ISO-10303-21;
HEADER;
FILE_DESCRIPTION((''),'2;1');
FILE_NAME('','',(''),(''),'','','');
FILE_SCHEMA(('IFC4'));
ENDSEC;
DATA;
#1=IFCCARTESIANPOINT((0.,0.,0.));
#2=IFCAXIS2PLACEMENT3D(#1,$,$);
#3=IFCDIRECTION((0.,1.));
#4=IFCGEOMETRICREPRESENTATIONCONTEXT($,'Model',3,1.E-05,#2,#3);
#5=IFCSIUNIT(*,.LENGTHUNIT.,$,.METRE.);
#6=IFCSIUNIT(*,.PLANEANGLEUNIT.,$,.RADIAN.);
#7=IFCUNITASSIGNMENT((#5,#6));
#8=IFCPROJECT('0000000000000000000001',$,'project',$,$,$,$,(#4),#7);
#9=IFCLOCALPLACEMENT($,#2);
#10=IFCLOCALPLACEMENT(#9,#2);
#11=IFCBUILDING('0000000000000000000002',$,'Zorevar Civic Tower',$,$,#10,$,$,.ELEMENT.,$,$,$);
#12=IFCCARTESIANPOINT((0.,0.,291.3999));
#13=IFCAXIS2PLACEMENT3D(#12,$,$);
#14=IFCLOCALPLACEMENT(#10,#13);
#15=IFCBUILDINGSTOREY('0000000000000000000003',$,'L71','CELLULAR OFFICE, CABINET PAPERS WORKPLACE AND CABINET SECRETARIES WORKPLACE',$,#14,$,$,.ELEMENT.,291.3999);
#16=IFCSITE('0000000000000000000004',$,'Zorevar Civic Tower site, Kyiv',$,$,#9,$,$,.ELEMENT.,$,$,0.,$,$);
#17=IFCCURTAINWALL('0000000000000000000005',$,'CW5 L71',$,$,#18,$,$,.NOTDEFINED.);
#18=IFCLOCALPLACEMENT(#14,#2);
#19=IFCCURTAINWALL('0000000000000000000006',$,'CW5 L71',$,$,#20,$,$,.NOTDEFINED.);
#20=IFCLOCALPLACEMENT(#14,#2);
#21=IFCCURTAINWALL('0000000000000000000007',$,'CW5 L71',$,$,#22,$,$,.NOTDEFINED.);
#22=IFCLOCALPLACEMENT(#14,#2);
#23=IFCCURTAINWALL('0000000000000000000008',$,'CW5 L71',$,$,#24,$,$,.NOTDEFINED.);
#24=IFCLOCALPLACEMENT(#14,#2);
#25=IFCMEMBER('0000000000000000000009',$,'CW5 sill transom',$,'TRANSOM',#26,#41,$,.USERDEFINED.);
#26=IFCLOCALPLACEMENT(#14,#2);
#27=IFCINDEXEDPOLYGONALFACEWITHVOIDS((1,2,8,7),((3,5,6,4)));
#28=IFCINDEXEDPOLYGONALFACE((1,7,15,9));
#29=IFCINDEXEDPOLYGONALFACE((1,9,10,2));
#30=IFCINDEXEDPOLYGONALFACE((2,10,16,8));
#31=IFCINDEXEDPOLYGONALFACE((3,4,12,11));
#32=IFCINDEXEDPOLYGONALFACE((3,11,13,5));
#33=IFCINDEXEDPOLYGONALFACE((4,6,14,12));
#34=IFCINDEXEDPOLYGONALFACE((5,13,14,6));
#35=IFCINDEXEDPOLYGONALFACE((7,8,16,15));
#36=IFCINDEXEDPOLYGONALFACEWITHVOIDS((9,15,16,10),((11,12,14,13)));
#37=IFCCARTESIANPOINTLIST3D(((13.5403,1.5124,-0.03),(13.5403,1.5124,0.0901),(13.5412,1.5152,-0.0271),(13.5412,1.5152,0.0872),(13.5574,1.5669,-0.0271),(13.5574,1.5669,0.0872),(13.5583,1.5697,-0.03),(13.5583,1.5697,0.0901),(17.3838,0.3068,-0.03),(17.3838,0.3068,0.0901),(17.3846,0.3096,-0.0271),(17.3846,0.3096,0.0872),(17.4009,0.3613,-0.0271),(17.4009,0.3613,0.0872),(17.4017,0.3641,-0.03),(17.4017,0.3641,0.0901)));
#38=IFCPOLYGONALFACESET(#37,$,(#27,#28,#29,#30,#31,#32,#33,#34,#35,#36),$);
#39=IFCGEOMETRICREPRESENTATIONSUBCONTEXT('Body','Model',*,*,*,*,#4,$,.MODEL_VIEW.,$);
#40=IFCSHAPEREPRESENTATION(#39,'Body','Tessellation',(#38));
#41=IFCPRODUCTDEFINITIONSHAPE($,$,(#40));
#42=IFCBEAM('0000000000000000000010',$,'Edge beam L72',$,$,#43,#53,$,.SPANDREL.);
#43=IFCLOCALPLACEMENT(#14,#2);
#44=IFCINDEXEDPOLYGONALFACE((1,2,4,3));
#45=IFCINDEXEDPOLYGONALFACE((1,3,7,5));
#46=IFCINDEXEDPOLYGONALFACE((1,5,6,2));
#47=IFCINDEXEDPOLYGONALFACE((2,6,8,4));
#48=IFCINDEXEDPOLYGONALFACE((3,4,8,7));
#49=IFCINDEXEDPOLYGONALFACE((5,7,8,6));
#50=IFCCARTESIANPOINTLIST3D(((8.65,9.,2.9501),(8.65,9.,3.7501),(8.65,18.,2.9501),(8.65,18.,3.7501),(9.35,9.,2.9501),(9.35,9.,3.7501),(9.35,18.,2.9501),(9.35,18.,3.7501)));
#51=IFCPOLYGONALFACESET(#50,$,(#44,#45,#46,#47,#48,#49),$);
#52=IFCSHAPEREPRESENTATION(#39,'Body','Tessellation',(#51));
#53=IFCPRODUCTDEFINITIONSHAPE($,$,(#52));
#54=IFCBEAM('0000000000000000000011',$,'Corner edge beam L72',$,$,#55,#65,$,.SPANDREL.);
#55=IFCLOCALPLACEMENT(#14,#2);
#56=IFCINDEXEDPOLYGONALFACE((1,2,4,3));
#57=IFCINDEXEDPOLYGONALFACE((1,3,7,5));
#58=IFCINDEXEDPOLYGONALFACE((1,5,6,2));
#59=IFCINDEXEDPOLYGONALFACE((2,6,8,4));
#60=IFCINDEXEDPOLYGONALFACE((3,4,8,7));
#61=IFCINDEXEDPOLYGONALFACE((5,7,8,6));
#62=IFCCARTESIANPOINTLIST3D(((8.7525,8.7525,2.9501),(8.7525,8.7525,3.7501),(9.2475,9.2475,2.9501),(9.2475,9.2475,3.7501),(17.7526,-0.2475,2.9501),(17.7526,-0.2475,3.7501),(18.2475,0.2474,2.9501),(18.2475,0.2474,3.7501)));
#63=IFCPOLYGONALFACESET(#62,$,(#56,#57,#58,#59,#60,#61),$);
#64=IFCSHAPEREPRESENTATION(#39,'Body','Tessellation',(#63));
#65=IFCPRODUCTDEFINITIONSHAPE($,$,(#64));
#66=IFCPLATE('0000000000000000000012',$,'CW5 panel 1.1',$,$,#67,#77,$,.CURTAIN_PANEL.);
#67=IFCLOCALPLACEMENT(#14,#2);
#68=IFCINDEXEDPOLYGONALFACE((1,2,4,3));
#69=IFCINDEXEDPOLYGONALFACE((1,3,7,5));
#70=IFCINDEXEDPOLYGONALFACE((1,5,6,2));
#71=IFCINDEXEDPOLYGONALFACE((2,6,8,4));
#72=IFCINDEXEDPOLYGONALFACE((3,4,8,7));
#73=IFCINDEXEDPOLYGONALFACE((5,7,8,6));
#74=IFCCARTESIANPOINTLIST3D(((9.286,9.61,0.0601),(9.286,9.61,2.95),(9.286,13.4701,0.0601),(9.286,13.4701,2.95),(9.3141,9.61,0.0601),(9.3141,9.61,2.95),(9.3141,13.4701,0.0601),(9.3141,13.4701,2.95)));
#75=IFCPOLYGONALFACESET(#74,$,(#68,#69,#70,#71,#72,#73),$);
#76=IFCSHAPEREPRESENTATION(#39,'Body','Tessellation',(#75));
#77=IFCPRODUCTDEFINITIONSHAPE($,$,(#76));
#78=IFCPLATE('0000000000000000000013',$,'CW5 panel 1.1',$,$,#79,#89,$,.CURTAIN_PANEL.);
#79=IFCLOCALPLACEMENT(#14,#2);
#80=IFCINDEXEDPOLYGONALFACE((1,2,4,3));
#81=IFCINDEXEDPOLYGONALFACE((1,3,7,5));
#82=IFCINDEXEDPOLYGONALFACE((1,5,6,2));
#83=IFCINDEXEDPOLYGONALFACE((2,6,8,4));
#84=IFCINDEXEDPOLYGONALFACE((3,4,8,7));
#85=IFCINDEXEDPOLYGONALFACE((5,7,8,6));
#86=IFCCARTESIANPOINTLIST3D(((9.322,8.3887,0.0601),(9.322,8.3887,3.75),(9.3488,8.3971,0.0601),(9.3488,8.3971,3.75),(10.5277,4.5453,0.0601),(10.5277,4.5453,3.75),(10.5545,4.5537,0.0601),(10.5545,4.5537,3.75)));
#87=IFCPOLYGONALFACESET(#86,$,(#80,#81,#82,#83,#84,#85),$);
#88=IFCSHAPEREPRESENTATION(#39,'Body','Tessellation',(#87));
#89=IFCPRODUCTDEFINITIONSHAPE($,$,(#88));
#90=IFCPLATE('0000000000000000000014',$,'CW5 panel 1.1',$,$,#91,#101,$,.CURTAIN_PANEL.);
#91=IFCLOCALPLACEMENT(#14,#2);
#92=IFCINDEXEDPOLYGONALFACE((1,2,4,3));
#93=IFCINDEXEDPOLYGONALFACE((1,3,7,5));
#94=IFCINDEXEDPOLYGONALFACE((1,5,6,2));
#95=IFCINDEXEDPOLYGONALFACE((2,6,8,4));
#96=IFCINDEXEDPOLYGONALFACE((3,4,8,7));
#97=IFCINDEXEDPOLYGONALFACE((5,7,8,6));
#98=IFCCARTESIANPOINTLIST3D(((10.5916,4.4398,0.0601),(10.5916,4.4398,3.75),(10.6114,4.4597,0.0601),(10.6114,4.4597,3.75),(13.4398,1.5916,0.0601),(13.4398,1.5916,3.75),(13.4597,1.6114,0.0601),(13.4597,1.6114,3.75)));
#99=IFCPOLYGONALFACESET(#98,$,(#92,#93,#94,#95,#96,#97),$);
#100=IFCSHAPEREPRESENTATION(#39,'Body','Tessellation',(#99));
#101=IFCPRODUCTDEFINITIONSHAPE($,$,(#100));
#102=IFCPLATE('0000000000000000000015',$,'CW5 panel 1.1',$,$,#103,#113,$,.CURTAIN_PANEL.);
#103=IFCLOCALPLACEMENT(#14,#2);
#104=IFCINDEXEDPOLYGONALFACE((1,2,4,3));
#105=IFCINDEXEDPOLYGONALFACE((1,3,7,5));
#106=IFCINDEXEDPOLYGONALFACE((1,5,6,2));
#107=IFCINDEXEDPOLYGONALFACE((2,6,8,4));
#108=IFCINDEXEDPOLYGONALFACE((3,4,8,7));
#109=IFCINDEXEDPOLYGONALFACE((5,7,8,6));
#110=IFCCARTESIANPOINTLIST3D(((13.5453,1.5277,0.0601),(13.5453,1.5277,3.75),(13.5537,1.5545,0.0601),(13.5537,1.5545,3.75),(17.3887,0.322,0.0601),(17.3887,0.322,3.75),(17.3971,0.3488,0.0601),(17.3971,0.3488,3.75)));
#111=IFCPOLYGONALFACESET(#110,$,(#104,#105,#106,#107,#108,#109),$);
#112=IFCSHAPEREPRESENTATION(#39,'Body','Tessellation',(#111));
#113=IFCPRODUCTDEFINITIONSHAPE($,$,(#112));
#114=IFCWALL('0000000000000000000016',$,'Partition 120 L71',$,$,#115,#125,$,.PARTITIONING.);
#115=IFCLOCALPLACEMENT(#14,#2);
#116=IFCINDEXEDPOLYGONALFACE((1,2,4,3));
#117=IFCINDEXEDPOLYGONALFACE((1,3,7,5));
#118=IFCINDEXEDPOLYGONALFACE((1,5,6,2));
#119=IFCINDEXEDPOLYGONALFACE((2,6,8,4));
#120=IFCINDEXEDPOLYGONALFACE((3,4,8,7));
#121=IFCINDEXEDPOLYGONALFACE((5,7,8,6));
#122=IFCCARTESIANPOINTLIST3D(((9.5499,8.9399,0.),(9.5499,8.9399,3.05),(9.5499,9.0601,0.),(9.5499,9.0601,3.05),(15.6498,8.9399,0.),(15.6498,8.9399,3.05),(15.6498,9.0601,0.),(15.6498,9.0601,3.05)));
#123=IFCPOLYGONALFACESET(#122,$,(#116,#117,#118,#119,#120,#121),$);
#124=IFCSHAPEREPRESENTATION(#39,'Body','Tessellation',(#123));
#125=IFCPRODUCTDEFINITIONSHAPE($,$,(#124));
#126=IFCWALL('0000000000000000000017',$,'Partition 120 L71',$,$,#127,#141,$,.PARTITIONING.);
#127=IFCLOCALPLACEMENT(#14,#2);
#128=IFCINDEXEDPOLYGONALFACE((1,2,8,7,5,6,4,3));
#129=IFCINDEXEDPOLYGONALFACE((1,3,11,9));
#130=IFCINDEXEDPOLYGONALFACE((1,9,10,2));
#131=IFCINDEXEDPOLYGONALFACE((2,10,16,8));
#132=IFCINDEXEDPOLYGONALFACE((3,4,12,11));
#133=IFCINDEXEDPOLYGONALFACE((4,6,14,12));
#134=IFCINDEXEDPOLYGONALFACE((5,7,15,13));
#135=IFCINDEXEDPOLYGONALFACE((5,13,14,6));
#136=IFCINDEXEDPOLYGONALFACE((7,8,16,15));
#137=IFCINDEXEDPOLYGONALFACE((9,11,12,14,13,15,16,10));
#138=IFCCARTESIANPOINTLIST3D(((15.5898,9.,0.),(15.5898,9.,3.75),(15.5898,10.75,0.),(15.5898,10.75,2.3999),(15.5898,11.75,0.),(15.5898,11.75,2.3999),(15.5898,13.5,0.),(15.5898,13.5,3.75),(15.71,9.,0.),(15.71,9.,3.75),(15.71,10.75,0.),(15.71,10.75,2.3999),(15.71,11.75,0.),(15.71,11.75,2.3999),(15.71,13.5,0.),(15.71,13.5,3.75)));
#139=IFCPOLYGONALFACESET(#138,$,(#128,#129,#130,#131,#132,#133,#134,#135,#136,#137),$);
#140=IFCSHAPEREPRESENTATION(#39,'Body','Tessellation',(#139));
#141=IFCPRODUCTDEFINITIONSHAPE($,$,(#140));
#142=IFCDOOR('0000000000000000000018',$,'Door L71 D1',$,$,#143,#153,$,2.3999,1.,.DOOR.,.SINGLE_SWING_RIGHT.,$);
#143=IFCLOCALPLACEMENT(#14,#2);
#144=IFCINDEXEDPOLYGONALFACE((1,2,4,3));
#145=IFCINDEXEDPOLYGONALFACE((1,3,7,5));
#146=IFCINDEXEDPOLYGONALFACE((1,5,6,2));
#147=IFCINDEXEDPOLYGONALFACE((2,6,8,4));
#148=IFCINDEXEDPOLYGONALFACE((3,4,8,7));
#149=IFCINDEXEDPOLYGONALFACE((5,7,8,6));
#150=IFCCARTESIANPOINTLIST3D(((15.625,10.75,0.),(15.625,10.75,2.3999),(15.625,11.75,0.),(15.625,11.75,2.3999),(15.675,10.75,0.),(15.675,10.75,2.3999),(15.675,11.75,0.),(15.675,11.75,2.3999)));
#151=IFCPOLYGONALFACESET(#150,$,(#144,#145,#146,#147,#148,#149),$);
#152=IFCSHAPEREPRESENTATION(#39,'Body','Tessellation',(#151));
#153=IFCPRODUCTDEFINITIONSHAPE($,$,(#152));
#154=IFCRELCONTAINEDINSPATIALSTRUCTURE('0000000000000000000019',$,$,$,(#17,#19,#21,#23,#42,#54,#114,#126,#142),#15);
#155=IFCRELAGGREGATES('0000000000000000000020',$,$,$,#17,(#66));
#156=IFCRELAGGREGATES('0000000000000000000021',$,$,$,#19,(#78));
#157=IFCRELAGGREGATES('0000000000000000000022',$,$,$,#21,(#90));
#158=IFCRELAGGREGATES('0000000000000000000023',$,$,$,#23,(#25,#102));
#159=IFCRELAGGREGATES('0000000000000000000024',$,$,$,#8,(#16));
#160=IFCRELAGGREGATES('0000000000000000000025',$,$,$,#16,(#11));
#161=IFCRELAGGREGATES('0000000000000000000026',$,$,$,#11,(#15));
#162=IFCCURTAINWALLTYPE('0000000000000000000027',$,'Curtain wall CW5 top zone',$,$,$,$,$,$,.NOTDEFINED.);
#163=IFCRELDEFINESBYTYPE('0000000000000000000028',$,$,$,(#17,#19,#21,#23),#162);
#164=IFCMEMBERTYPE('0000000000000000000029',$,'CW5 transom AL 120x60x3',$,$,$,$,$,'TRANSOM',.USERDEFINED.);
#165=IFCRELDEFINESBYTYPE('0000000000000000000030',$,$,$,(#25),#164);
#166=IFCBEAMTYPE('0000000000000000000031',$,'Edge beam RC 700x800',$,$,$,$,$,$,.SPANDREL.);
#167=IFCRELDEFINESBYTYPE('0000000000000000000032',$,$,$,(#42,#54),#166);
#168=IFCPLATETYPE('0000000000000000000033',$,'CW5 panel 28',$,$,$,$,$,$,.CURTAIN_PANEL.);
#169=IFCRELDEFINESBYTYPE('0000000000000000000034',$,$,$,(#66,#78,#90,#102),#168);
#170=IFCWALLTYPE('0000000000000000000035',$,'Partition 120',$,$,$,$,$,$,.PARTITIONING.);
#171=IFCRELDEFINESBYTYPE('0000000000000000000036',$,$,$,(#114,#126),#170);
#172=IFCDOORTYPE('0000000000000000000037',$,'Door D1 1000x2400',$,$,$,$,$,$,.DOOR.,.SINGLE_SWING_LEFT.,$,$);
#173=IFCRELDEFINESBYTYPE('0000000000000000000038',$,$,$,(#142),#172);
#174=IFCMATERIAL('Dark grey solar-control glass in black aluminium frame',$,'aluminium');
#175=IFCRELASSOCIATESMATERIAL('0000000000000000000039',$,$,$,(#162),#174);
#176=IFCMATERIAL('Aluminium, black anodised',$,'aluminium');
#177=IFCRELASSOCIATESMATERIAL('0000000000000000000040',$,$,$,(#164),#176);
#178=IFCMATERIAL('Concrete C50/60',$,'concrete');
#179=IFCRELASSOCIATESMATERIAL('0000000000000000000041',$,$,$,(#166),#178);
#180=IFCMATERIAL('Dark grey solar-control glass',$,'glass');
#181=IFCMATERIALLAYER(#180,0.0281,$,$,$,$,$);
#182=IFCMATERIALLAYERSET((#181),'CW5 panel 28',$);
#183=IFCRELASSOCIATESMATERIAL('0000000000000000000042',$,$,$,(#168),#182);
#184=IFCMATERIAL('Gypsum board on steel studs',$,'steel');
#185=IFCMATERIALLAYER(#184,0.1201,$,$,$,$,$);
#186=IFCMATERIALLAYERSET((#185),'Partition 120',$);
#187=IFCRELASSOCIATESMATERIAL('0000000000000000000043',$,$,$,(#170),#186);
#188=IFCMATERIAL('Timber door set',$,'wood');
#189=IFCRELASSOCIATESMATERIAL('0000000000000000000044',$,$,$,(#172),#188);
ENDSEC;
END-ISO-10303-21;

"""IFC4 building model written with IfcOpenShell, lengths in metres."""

from ifc_helpers import new_model, si_unit, direction, frame, frame_2d, origin, origin_2d, place, context, subcontext, project, spatial, rectangle, hollow_rectangle, extrude, material, layer, layer_set, material_profile, profile_set, type_object, element, fill, aggregate, save


model = new_model("IFC4")

# Units and contexts
model_context = context("Model", 3, precision=1e-05, world=origin(), true_north=direction((0.0, 1.0)))
body_context = subcontext(model_context, "Body", "Model", "MODEL_VIEW")
ifc_project = project(units=[si_unit("LENGTHUNIT", "METRE"), si_unit("PLANEANGLEUNIT", "RADIAN")], contexts=[model_context])

# Site, building, storey
site_placement = place(None, origin())
site = spatial("IfcSite", under=ifc_project, at=site_placement, Name="Zorevar Civic Tower site, Kyiv", CompositionType="ELEMENT", RefElevation=0.0)
building_placement = place(site_placement, origin())
building = spatial("IfcBuilding", under=site, at=building_placement, Name="Zorevar Civic Tower", CompositionType="ELEMENT")
storey_placement = place(building_placement, frame((0.0, 0.0, 291.3999)))
storey = spatial("IfcBuildingStorey", under=building, at=storey_placement, Name="L71", Description="CELLULAR OFFICE, CABINET PAPERS WORKPLACE AND CABINET SECRETARIES WORKPLACE", CompositionType="ELEMENT", Elevation=291.3999)

# Curtain wall
ifc_material_1 = material(Name="Dark grey solar-control glass in black aluminium frame", Category="aluminium")
curtain_wall_type = type_object("IfcCurtainWallType", Name="Curtain wall CW5 top zone", PredefinedType="NOTDEFINED", material=ifc_material_1)
curtain_wall_1_placement = place(storey_placement, origin())
curtain_wall_1 = element("IfcCurtainWall", 1, at=curtain_wall_1_placement, inside=storey, type_object=curtain_wall_type, Name="CW5 L71", PredefinedType="NOTDEFINED")

# Curtain walls
curtain_wall_2_placement = place(storey_placement, origin())
curtain_wall_2 = element("IfcCurtainWall", 2, at=curtain_wall_2_placement, inside=storey, type_object=curtain_wall_type, Name="CW5 L71", PredefinedType="NOTDEFINED")
curtain_wall_3_placement = place(storey_placement, origin())
curtain_wall_3 = element("IfcCurtainWall", 3, at=curtain_wall_3_placement, inside=storey, type_object=curtain_wall_type, Name="CW5 L71", PredefinedType="NOTDEFINED")
curtain_wall_4_placement = place(storey_placement, origin())
curtain_wall_4 = element("IfcCurtainWall", 4, at=curtain_wall_4_placement, inside=storey, type_object=curtain_wall_type, Name="CW5 L71", PredefinedType="NOTDEFINED")

# Member
ifc_material_2 = material(Name="Aluminium, black anodised", Category="aluminium")
ifc_material_profile_1 = material_profile(ifc_material_2, hollow_rectangle(XDim=0.0601, YDim=0.1201, WallThickness=0.0029, at=origin_2d()), Name="AL 120x60x3")
ifc_profile_set_1 = profile_set([ifc_material_profile_1], Name="Aluminium, black anodised")
member_type_1 = type_object("IfcMemberType", Name="CW5 transom AL 120x60x3", ElementType="TRANSOM", PredefinedType="USERDEFINED", material=ifc_profile_set_1)
member_1_placement = place(storey_placement, frame((13.5493, 1.541, 0.03), z_axis=(0.954163, -0.299286, 0.0), x_axis=(0.299286, 0.954163, 0.0)))
member_1 = element("IfcMember", 5, at=member_1_placement, type_object=member_type_1, Name="CW5 sill transom", ObjectType="TRANSOM", PredefinedType="USERDEFINED", context=body_context, shape_type="SweptSolid", body=[
    extrude(hollow_rectangle(XDim=0.0601, YDim=0.1201, WallThickness=0.0029, at=origin_2d()), origin(), (0.0, 0.0, 1.0), 4.0281),
])

# Beams
ifc_material_3 = material(Name="Concrete C50/60", Category="concrete")
ifc_material_profile_2 = material_profile(ifc_material_3, rectangle(XDim=0.7, YDim=0.8, at=origin_2d()), Name="RC 700x800")
ifc_profile_set_2 = profile_set([ifc_material_profile_2], Name="Concrete C50/60")
beam_type = type_object("IfcBeamType", Name="Edge beam RC 700x800", PredefinedType="SPANDREL", material=ifc_profile_set_2)
beam_1_placement = place(storey_placement, frame((9.0, 9.0, 3.3501), z_axis=(0.0, 1.0, 0.0), x_axis=(-1.0, 0.0, 0.0)))
element("IfcBeam", 6, at=beam_1_placement, inside=storey, type_object=beam_type, Name="Edge beam L72", PredefinedType="SPANDREL", context=body_context, shape_type="SweptSolid", body=[
    extrude(rectangle(XDim=0.7, YDim=0.8, at=origin_2d()), origin(), (0.0, 0.0, 1.0), 9.0),
])
beam_2_placement = place(storey_placement, frame((9.0, 9.0, 3.3501), z_axis=(0.707107, -0.707107, 0.0), x_axis=(0.707107, 0.707107, 0.0)))
element("IfcBeam", 7, at=beam_2_placement, inside=storey, type_object=beam_type, Name="Corner edge beam L72", PredefinedType="SPANDREL", context=body_context, shape_type="SweptSolid", body=[
    extrude(rectangle(XDim=0.7, YDim=0.8, at=origin_2d()), origin(), (0.0, 0.0, 1.0), 12.728),
])

# Plates
ifc_material_4 = material(Name="Dark grey solar-control glass", Category="glass")
ifc_layer_1 = layer(ifc_material_4, 0.0281)
ifc_layer_set_1 = layer_set([ifc_layer_1], Name="CW5 panel 28")
plate_type = type_object("IfcPlateType", Name="CW5 panel 28", PredefinedType="CURTAIN_PANEL", material=ifc_layer_set_1)
plate_1_placement = place(storey_placement, frame((9.3, 11.54, 0.0601), z_axis=(0.0, 0.0, 1.0), x_axis=(0.0, 1.0, 0.0)))
plate_1 = element("IfcPlate", 8, at=plate_1_placement, type_object=plate_type, Name="CW5 panel 1.1", PredefinedType="CURTAIN_PANEL", context=body_context, shape_type="SweptSolid", body=[
    extrude(rectangle(XDim=3.8601, YDim=0.0281, at=origin_2d()), origin(), (0.0, 0.0, 1.0), 2.8899),
])
aggregate(curtain_wall_1, [plate_1])
plate_2_placement = place(storey_placement, frame((9.9382, 6.4712, 0.0601), z_axis=(0.0, 0.0, 1.0), x_axis=(0.299318, -0.954153, 0.0)))
plate_2 = element("IfcPlate", 9, at=plate_2_placement, type_object=plate_type, Name="CW5 panel 1.1", PredefinedType="CURTAIN_PANEL", context=body_context, shape_type="SweptSolid", body=[
    extrude(rectangle(XDim=4.0281, YDim=0.0281, at=origin_2d()), origin(), (0.0, 0.0, 1.0), 3.6899),
])
aggregate(curtain_wall_2, [plate_2])
plate_3_placement = place(storey_placement, frame((12.0256, 3.0256, 0.0601), z_axis=(0.0, 0.0, 1.0), x_axis=(0.707107, -0.707107, 0.0)))
plate_3 = element("IfcPlate", 10, at=plate_3_placement, type_object=plate_type, Name="CW5 panel 1.1", PredefinedType="CURTAIN_PANEL", context=body_context, shape_type="SweptSolid", body=[
    extrude(rectangle(XDim=4.0281, YDim=0.0281, at=origin_2d()), origin(), (0.0, 0.0, 1.0), 3.6899),
])
aggregate(curtain_wall_3, [plate_3])
plate_4_placement = place(storey_placement, frame((15.4712, 0.9382, 0.0601), z_axis=(0.0, 0.0, 1.0), x_axis=(0.954153, -0.299318, 0.0)))
plate_4 = element("IfcPlate", 11, at=plate_4_placement, type_object=plate_type, Name="CW5 panel 1.1", PredefinedType="CURTAIN_PANEL", context=body_context, shape_type="SweptSolid", body=[
    extrude(rectangle(XDim=4.0281, YDim=0.0281, at=origin_2d()), origin(), (0.0, 0.0, 1.0), 3.6899),
])
aggregate(curtain_wall_4, [member_1, plate_4])

# Wall
ifc_material_5 = material(Name="Gypsum board on steel studs", Category="steel")
ifc_layer_2 = layer(ifc_material_5, 0.1201)
ifc_layer_set_2 = layer_set([ifc_layer_2], Name="Partition 120")
wall_type = type_object("IfcWallType", Name="Partition 120", PredefinedType="PARTITIONING", material=ifc_layer_set_2)
wall_1_placement = place(storey_placement, frame((9.55, 9.0, 0.0), z_axis=(0.0, 0.0, 1.0), x_axis=(1.0, 0.0, 0.0)))
element("IfcWall", 12, at=wall_1_placement, inside=storey, type_object=wall_type, Name="Partition 120 L71", PredefinedType="PARTITIONING", context=body_context, shape_type="SweptSolid", body=[
    extrude(rectangle(XDim=6.0999, YDim=0.1201, at=frame_2d((3.0498, 0.0))), origin(), (0.0, 0.0, 1.0), 3.05),
])

# Wall, opening, door
wall_2_placement = place(storey_placement, frame((15.6499, 9.0, 0.0), z_axis=(0.0, 0.0, 1.0), x_axis=(0.0, 1.0, 0.0)))
wall_2 = element("IfcWall", 13, at=wall_2_placement, inside=storey, type_object=wall_type, Name="Partition 120 L71", PredefinedType="PARTITIONING", context=body_context, shape_type="SweptSolid", body=[
    extrude(rectangle(XDim=4.5, YDim=0.1201, at=frame_2d((2.25, 0.0))), origin(), (0.0, 0.0, 1.0), 3.75),
])
opening_placement = place(wall_2_placement, frame((1.75, 0.0, 0.0)))
opening = element("IfcOpeningElement", 14, at=opening_placement, cuts=wall_2, PredefinedType="OPENING", context=body_context, shape_type="SweptSolid", body=[
    extrude(rectangle(XDim=1.0, YDim=2.3999, at=frame_2d((0.5, 1.2))), frame((0.0, 0.0701, 0.0), z_axis=(0.0, -1.0, 0.0), x_axis=(1.0, 0.0, 0.0)), (0.0, 0.0, 1.0), 0.1401),
])
ifc_material_6 = material(Name="Timber door set", Category="wood")
door_type = type_object("IfcDoorType", Name="Door D1 1000x2400", OperationType="SINGLE_SWING_LEFT", PredefinedType="DOOR", material=ifc_material_6)
door_placement = place(opening_placement, origin())
door = element("IfcDoor", 15, at=door_placement, inside=storey, type_object=door_type, Name="Door L71 D1", OperationType="SINGLE_SWING_RIGHT", OverallHeight=2.3999, OverallWidth=1.0, PredefinedType="DOOR", context=body_context, shape_type="SweptSolid", body=[
    extrude(rectangle(XDim=1.0, YDim=2.3999, at=frame_2d((0.5, 1.2))), frame((0.0, 0.0249, 0.0), z_axis=(0.0, -1.0, 0.0), x_axis=(1.0, 0.0, 0.0)), (0.0, 0.0, 1.0), 0.05),
])
fill(opening, door)

save(model, "model.ifc")
